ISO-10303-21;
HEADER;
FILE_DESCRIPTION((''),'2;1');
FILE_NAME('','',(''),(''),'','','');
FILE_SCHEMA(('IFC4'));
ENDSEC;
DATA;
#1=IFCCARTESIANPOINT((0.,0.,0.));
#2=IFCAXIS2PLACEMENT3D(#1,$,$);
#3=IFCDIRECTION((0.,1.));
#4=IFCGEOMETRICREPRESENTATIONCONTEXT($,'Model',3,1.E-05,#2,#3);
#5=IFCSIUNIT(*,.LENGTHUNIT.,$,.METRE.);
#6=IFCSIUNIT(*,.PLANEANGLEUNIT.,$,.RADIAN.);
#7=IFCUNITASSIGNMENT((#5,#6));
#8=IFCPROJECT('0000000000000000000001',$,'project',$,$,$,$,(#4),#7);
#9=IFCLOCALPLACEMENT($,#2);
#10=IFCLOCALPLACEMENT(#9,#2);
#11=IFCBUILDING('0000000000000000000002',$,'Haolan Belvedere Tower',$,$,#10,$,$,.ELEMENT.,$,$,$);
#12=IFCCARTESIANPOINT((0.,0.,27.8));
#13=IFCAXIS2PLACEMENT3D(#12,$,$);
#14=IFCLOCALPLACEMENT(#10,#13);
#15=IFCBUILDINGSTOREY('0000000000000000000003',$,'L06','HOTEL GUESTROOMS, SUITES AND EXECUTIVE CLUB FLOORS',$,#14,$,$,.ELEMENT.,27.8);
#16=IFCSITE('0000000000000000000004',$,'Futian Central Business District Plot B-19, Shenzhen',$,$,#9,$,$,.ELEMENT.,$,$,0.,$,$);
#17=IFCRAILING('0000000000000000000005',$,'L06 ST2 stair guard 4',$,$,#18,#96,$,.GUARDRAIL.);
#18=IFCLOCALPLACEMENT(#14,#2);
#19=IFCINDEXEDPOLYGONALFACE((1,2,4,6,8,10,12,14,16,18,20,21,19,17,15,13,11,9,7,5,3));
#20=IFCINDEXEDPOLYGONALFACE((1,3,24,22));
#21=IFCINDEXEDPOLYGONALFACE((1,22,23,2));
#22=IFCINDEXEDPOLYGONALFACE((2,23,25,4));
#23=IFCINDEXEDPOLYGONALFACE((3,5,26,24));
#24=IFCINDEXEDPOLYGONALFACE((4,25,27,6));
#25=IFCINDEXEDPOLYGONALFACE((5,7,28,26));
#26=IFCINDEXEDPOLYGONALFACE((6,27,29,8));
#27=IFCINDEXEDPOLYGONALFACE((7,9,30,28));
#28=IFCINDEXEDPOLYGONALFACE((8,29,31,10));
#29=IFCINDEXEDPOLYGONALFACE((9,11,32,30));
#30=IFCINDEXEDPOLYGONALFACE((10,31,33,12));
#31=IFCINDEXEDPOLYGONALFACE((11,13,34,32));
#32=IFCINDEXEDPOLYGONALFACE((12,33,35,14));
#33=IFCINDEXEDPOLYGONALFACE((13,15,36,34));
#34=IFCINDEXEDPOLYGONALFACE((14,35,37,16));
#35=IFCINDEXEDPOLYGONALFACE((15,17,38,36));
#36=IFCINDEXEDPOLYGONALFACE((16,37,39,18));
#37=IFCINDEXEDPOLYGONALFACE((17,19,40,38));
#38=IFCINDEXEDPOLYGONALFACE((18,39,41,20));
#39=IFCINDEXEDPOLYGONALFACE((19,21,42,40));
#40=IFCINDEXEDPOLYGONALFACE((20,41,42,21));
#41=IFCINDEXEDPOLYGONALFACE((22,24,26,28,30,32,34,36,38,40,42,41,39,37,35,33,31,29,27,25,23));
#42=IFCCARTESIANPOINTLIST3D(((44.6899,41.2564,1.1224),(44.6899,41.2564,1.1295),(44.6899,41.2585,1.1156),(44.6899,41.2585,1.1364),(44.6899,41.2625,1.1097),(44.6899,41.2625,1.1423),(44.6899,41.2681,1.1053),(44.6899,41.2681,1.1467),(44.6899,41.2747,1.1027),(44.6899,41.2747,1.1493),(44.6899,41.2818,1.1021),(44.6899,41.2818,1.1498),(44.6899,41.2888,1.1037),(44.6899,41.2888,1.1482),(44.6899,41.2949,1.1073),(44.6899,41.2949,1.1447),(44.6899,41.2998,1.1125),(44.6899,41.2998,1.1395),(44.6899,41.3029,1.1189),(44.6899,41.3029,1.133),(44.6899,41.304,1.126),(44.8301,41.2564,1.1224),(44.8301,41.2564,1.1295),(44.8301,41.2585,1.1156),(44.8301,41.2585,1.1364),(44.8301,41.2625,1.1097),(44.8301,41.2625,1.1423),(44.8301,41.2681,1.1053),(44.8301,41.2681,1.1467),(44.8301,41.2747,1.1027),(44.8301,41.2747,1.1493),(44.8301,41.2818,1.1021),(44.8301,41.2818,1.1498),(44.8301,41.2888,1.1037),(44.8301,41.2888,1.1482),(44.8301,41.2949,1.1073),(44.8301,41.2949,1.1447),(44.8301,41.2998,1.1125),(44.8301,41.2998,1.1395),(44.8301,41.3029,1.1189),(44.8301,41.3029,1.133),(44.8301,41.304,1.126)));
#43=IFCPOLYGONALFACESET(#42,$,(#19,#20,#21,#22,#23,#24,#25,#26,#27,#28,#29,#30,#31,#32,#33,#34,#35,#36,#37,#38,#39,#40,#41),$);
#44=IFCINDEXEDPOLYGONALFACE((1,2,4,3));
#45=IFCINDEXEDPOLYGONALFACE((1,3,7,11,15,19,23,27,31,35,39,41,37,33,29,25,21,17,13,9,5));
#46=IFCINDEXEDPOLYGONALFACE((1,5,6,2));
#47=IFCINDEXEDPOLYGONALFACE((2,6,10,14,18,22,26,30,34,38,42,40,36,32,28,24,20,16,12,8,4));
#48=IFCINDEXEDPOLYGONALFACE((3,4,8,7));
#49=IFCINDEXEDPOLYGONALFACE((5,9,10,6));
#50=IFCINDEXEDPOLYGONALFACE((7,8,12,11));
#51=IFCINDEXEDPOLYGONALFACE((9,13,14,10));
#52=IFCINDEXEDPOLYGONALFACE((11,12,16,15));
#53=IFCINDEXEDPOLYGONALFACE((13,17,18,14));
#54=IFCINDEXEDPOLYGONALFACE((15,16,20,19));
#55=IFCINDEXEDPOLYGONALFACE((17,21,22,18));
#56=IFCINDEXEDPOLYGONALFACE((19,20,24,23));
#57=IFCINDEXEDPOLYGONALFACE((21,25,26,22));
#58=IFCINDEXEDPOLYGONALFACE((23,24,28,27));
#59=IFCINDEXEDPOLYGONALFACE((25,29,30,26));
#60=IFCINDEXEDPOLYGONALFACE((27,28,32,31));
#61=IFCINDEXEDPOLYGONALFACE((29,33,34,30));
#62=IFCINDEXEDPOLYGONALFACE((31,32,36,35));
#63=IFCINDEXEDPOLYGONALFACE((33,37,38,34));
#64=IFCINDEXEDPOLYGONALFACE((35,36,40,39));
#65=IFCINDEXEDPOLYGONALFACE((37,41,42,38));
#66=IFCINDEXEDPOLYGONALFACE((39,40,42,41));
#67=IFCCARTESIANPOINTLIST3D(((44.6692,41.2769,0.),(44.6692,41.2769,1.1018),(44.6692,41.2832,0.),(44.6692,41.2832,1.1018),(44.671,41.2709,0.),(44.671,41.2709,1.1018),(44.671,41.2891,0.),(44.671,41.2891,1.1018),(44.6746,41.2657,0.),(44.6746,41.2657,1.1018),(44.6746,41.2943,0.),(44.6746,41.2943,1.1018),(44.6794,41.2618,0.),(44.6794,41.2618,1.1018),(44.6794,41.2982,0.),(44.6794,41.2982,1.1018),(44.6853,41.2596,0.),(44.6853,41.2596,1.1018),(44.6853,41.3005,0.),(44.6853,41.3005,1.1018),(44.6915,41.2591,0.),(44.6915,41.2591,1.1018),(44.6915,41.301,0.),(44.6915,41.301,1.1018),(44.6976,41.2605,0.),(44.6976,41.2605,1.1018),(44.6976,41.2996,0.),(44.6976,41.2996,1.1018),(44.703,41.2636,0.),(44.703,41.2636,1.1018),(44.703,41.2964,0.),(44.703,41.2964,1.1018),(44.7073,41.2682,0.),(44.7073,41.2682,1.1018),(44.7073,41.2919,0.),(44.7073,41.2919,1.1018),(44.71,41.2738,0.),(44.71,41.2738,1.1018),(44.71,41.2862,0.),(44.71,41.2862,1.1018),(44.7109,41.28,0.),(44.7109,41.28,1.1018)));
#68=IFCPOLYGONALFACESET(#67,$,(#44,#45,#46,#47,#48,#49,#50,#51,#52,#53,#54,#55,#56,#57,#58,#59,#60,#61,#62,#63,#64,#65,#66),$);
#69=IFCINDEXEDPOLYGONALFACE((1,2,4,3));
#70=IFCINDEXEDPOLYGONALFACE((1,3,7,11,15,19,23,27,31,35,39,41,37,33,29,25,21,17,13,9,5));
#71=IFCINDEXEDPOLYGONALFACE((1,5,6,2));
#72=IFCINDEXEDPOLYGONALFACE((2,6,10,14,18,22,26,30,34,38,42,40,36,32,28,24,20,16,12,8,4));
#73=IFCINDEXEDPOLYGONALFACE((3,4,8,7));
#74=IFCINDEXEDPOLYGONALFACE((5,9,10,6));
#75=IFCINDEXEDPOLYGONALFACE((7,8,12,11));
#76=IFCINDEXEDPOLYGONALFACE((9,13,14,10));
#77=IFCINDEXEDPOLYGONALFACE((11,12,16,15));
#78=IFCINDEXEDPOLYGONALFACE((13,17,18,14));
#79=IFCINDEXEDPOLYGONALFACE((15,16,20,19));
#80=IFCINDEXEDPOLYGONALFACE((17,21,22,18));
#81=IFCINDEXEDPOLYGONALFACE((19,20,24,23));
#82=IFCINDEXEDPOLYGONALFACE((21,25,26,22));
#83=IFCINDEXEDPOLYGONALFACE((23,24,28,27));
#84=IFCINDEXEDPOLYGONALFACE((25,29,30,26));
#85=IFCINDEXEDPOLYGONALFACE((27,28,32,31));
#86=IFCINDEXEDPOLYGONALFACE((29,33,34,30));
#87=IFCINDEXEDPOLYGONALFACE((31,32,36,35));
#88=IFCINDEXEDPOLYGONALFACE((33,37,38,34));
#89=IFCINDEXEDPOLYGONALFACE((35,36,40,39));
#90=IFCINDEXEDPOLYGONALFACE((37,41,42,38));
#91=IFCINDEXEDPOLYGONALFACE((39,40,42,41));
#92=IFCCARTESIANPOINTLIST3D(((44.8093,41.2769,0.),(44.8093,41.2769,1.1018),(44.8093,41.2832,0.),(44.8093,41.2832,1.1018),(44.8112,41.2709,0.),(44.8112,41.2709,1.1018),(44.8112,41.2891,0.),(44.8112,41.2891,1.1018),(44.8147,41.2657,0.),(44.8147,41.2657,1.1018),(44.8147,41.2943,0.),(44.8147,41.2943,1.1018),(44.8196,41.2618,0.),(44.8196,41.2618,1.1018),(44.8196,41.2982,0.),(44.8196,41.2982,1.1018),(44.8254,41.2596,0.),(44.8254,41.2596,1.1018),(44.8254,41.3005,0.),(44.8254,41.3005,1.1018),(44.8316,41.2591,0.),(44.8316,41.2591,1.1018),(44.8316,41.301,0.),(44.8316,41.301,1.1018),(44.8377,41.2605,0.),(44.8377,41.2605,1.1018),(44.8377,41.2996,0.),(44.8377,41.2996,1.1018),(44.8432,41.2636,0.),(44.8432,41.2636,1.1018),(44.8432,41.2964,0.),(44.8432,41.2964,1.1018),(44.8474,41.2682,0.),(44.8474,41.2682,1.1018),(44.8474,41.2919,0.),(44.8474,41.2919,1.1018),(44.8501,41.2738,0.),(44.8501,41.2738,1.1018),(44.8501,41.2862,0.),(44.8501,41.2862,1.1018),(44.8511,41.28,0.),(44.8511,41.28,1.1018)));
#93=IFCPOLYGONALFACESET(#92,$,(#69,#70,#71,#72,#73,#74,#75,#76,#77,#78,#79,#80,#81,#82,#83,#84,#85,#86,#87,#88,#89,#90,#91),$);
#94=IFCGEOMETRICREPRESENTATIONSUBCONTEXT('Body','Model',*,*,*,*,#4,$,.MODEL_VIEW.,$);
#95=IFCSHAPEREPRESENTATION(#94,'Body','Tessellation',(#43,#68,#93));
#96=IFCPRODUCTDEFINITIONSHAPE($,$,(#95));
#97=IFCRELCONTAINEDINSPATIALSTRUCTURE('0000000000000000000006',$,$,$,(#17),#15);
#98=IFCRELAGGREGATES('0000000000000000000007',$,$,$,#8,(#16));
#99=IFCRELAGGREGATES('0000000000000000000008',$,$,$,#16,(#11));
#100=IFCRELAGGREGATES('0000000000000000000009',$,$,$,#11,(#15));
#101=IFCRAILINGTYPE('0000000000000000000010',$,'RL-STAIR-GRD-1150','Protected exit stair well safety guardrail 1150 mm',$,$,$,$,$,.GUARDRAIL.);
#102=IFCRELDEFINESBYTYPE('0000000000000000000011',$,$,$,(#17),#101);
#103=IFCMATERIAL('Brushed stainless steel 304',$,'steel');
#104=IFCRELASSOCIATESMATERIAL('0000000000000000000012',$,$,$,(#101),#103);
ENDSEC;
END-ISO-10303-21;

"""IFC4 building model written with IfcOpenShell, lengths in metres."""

from ifc_helpers import new_model, si_unit, direction, frame, origin, origin_2d, place, context, subcontext, project, spatial, circle, extrude, material, type_object, element, save


model = new_model("IFC4")

# Units and contexts
model_context = context("Model", 3, precision=1e-05, world=origin(), true_north=direction((0.0, 1.0)))
body_context = subcontext(model_context, "Body", "Model", "MODEL_VIEW")
ifc_project = project(units=[si_unit("LENGTHUNIT", "METRE"), si_unit("PLANEANGLEUNIT", "RADIAN")], contexts=[model_context])

# Site, building, storey
site_placement = place(None, origin())
site = spatial("IfcSite", under=ifc_project, at=site_placement, Name="Futian Central Business District Plot B-19, Shenzhen", CompositionType="ELEMENT", RefElevation=0.0)
building_placement = place(site_placement, origin())
building = spatial("IfcBuilding", under=site, at=building_placement, Name="Haolan Belvedere Tower", CompositionType="ELEMENT")
storey_placement = place(building_placement, frame((0.0, 0.0, 27.8)))
storey = spatial("IfcBuildingStorey", under=building, at=storey_placement, Name="L06", Description="HOTEL GUESTROOMS, SUITES AND EXECUTIVE CLUB FLOORS", CompositionType="ELEMENT", Elevation=27.8)

# Railing
ifc_material_1 = material(Name="Brushed stainless steel 304", Category="steel")
railing_type = type_object("IfcRailingType", Name="RL-STAIR-GRD-1150", Description="Protected exit stair well safety guardrail 1150 mm", PredefinedType="GUARDRAIL", material=ifc_material_1)
railing_1_placement = place(storey_placement, frame((44.6899, 41.28, 0.0)))
element("IfcRailing", 1, at=railing_1_placement, inside=storey, type_object=railing_type, Name="L06 ST2 stair guard 4", PredefinedType="GUARDRAIL", context=body_context, shape_type="SweptSolid", body=[
    extrude(circle(Radius=0.0239, at=origin_2d()), frame((0.0, 0.0, 1.126), z_axis=(1.0, 0.0, 0.0), x_axis=(0.0, 1.0, 0.0)), (0.0, 0.0, 1.0), 0.1401),
    extrude(circle(Radius=0.021, at=origin_2d()), origin(), (0.0, 0.0, 1.0), 1.1018),
    extrude(circle(Radius=0.021, at=origin_2d()), frame((0.1401, 0.0, 0.0)), (0.0, 0.0, 1.0), 1.1018),
])

save(model, "model.ifc")
